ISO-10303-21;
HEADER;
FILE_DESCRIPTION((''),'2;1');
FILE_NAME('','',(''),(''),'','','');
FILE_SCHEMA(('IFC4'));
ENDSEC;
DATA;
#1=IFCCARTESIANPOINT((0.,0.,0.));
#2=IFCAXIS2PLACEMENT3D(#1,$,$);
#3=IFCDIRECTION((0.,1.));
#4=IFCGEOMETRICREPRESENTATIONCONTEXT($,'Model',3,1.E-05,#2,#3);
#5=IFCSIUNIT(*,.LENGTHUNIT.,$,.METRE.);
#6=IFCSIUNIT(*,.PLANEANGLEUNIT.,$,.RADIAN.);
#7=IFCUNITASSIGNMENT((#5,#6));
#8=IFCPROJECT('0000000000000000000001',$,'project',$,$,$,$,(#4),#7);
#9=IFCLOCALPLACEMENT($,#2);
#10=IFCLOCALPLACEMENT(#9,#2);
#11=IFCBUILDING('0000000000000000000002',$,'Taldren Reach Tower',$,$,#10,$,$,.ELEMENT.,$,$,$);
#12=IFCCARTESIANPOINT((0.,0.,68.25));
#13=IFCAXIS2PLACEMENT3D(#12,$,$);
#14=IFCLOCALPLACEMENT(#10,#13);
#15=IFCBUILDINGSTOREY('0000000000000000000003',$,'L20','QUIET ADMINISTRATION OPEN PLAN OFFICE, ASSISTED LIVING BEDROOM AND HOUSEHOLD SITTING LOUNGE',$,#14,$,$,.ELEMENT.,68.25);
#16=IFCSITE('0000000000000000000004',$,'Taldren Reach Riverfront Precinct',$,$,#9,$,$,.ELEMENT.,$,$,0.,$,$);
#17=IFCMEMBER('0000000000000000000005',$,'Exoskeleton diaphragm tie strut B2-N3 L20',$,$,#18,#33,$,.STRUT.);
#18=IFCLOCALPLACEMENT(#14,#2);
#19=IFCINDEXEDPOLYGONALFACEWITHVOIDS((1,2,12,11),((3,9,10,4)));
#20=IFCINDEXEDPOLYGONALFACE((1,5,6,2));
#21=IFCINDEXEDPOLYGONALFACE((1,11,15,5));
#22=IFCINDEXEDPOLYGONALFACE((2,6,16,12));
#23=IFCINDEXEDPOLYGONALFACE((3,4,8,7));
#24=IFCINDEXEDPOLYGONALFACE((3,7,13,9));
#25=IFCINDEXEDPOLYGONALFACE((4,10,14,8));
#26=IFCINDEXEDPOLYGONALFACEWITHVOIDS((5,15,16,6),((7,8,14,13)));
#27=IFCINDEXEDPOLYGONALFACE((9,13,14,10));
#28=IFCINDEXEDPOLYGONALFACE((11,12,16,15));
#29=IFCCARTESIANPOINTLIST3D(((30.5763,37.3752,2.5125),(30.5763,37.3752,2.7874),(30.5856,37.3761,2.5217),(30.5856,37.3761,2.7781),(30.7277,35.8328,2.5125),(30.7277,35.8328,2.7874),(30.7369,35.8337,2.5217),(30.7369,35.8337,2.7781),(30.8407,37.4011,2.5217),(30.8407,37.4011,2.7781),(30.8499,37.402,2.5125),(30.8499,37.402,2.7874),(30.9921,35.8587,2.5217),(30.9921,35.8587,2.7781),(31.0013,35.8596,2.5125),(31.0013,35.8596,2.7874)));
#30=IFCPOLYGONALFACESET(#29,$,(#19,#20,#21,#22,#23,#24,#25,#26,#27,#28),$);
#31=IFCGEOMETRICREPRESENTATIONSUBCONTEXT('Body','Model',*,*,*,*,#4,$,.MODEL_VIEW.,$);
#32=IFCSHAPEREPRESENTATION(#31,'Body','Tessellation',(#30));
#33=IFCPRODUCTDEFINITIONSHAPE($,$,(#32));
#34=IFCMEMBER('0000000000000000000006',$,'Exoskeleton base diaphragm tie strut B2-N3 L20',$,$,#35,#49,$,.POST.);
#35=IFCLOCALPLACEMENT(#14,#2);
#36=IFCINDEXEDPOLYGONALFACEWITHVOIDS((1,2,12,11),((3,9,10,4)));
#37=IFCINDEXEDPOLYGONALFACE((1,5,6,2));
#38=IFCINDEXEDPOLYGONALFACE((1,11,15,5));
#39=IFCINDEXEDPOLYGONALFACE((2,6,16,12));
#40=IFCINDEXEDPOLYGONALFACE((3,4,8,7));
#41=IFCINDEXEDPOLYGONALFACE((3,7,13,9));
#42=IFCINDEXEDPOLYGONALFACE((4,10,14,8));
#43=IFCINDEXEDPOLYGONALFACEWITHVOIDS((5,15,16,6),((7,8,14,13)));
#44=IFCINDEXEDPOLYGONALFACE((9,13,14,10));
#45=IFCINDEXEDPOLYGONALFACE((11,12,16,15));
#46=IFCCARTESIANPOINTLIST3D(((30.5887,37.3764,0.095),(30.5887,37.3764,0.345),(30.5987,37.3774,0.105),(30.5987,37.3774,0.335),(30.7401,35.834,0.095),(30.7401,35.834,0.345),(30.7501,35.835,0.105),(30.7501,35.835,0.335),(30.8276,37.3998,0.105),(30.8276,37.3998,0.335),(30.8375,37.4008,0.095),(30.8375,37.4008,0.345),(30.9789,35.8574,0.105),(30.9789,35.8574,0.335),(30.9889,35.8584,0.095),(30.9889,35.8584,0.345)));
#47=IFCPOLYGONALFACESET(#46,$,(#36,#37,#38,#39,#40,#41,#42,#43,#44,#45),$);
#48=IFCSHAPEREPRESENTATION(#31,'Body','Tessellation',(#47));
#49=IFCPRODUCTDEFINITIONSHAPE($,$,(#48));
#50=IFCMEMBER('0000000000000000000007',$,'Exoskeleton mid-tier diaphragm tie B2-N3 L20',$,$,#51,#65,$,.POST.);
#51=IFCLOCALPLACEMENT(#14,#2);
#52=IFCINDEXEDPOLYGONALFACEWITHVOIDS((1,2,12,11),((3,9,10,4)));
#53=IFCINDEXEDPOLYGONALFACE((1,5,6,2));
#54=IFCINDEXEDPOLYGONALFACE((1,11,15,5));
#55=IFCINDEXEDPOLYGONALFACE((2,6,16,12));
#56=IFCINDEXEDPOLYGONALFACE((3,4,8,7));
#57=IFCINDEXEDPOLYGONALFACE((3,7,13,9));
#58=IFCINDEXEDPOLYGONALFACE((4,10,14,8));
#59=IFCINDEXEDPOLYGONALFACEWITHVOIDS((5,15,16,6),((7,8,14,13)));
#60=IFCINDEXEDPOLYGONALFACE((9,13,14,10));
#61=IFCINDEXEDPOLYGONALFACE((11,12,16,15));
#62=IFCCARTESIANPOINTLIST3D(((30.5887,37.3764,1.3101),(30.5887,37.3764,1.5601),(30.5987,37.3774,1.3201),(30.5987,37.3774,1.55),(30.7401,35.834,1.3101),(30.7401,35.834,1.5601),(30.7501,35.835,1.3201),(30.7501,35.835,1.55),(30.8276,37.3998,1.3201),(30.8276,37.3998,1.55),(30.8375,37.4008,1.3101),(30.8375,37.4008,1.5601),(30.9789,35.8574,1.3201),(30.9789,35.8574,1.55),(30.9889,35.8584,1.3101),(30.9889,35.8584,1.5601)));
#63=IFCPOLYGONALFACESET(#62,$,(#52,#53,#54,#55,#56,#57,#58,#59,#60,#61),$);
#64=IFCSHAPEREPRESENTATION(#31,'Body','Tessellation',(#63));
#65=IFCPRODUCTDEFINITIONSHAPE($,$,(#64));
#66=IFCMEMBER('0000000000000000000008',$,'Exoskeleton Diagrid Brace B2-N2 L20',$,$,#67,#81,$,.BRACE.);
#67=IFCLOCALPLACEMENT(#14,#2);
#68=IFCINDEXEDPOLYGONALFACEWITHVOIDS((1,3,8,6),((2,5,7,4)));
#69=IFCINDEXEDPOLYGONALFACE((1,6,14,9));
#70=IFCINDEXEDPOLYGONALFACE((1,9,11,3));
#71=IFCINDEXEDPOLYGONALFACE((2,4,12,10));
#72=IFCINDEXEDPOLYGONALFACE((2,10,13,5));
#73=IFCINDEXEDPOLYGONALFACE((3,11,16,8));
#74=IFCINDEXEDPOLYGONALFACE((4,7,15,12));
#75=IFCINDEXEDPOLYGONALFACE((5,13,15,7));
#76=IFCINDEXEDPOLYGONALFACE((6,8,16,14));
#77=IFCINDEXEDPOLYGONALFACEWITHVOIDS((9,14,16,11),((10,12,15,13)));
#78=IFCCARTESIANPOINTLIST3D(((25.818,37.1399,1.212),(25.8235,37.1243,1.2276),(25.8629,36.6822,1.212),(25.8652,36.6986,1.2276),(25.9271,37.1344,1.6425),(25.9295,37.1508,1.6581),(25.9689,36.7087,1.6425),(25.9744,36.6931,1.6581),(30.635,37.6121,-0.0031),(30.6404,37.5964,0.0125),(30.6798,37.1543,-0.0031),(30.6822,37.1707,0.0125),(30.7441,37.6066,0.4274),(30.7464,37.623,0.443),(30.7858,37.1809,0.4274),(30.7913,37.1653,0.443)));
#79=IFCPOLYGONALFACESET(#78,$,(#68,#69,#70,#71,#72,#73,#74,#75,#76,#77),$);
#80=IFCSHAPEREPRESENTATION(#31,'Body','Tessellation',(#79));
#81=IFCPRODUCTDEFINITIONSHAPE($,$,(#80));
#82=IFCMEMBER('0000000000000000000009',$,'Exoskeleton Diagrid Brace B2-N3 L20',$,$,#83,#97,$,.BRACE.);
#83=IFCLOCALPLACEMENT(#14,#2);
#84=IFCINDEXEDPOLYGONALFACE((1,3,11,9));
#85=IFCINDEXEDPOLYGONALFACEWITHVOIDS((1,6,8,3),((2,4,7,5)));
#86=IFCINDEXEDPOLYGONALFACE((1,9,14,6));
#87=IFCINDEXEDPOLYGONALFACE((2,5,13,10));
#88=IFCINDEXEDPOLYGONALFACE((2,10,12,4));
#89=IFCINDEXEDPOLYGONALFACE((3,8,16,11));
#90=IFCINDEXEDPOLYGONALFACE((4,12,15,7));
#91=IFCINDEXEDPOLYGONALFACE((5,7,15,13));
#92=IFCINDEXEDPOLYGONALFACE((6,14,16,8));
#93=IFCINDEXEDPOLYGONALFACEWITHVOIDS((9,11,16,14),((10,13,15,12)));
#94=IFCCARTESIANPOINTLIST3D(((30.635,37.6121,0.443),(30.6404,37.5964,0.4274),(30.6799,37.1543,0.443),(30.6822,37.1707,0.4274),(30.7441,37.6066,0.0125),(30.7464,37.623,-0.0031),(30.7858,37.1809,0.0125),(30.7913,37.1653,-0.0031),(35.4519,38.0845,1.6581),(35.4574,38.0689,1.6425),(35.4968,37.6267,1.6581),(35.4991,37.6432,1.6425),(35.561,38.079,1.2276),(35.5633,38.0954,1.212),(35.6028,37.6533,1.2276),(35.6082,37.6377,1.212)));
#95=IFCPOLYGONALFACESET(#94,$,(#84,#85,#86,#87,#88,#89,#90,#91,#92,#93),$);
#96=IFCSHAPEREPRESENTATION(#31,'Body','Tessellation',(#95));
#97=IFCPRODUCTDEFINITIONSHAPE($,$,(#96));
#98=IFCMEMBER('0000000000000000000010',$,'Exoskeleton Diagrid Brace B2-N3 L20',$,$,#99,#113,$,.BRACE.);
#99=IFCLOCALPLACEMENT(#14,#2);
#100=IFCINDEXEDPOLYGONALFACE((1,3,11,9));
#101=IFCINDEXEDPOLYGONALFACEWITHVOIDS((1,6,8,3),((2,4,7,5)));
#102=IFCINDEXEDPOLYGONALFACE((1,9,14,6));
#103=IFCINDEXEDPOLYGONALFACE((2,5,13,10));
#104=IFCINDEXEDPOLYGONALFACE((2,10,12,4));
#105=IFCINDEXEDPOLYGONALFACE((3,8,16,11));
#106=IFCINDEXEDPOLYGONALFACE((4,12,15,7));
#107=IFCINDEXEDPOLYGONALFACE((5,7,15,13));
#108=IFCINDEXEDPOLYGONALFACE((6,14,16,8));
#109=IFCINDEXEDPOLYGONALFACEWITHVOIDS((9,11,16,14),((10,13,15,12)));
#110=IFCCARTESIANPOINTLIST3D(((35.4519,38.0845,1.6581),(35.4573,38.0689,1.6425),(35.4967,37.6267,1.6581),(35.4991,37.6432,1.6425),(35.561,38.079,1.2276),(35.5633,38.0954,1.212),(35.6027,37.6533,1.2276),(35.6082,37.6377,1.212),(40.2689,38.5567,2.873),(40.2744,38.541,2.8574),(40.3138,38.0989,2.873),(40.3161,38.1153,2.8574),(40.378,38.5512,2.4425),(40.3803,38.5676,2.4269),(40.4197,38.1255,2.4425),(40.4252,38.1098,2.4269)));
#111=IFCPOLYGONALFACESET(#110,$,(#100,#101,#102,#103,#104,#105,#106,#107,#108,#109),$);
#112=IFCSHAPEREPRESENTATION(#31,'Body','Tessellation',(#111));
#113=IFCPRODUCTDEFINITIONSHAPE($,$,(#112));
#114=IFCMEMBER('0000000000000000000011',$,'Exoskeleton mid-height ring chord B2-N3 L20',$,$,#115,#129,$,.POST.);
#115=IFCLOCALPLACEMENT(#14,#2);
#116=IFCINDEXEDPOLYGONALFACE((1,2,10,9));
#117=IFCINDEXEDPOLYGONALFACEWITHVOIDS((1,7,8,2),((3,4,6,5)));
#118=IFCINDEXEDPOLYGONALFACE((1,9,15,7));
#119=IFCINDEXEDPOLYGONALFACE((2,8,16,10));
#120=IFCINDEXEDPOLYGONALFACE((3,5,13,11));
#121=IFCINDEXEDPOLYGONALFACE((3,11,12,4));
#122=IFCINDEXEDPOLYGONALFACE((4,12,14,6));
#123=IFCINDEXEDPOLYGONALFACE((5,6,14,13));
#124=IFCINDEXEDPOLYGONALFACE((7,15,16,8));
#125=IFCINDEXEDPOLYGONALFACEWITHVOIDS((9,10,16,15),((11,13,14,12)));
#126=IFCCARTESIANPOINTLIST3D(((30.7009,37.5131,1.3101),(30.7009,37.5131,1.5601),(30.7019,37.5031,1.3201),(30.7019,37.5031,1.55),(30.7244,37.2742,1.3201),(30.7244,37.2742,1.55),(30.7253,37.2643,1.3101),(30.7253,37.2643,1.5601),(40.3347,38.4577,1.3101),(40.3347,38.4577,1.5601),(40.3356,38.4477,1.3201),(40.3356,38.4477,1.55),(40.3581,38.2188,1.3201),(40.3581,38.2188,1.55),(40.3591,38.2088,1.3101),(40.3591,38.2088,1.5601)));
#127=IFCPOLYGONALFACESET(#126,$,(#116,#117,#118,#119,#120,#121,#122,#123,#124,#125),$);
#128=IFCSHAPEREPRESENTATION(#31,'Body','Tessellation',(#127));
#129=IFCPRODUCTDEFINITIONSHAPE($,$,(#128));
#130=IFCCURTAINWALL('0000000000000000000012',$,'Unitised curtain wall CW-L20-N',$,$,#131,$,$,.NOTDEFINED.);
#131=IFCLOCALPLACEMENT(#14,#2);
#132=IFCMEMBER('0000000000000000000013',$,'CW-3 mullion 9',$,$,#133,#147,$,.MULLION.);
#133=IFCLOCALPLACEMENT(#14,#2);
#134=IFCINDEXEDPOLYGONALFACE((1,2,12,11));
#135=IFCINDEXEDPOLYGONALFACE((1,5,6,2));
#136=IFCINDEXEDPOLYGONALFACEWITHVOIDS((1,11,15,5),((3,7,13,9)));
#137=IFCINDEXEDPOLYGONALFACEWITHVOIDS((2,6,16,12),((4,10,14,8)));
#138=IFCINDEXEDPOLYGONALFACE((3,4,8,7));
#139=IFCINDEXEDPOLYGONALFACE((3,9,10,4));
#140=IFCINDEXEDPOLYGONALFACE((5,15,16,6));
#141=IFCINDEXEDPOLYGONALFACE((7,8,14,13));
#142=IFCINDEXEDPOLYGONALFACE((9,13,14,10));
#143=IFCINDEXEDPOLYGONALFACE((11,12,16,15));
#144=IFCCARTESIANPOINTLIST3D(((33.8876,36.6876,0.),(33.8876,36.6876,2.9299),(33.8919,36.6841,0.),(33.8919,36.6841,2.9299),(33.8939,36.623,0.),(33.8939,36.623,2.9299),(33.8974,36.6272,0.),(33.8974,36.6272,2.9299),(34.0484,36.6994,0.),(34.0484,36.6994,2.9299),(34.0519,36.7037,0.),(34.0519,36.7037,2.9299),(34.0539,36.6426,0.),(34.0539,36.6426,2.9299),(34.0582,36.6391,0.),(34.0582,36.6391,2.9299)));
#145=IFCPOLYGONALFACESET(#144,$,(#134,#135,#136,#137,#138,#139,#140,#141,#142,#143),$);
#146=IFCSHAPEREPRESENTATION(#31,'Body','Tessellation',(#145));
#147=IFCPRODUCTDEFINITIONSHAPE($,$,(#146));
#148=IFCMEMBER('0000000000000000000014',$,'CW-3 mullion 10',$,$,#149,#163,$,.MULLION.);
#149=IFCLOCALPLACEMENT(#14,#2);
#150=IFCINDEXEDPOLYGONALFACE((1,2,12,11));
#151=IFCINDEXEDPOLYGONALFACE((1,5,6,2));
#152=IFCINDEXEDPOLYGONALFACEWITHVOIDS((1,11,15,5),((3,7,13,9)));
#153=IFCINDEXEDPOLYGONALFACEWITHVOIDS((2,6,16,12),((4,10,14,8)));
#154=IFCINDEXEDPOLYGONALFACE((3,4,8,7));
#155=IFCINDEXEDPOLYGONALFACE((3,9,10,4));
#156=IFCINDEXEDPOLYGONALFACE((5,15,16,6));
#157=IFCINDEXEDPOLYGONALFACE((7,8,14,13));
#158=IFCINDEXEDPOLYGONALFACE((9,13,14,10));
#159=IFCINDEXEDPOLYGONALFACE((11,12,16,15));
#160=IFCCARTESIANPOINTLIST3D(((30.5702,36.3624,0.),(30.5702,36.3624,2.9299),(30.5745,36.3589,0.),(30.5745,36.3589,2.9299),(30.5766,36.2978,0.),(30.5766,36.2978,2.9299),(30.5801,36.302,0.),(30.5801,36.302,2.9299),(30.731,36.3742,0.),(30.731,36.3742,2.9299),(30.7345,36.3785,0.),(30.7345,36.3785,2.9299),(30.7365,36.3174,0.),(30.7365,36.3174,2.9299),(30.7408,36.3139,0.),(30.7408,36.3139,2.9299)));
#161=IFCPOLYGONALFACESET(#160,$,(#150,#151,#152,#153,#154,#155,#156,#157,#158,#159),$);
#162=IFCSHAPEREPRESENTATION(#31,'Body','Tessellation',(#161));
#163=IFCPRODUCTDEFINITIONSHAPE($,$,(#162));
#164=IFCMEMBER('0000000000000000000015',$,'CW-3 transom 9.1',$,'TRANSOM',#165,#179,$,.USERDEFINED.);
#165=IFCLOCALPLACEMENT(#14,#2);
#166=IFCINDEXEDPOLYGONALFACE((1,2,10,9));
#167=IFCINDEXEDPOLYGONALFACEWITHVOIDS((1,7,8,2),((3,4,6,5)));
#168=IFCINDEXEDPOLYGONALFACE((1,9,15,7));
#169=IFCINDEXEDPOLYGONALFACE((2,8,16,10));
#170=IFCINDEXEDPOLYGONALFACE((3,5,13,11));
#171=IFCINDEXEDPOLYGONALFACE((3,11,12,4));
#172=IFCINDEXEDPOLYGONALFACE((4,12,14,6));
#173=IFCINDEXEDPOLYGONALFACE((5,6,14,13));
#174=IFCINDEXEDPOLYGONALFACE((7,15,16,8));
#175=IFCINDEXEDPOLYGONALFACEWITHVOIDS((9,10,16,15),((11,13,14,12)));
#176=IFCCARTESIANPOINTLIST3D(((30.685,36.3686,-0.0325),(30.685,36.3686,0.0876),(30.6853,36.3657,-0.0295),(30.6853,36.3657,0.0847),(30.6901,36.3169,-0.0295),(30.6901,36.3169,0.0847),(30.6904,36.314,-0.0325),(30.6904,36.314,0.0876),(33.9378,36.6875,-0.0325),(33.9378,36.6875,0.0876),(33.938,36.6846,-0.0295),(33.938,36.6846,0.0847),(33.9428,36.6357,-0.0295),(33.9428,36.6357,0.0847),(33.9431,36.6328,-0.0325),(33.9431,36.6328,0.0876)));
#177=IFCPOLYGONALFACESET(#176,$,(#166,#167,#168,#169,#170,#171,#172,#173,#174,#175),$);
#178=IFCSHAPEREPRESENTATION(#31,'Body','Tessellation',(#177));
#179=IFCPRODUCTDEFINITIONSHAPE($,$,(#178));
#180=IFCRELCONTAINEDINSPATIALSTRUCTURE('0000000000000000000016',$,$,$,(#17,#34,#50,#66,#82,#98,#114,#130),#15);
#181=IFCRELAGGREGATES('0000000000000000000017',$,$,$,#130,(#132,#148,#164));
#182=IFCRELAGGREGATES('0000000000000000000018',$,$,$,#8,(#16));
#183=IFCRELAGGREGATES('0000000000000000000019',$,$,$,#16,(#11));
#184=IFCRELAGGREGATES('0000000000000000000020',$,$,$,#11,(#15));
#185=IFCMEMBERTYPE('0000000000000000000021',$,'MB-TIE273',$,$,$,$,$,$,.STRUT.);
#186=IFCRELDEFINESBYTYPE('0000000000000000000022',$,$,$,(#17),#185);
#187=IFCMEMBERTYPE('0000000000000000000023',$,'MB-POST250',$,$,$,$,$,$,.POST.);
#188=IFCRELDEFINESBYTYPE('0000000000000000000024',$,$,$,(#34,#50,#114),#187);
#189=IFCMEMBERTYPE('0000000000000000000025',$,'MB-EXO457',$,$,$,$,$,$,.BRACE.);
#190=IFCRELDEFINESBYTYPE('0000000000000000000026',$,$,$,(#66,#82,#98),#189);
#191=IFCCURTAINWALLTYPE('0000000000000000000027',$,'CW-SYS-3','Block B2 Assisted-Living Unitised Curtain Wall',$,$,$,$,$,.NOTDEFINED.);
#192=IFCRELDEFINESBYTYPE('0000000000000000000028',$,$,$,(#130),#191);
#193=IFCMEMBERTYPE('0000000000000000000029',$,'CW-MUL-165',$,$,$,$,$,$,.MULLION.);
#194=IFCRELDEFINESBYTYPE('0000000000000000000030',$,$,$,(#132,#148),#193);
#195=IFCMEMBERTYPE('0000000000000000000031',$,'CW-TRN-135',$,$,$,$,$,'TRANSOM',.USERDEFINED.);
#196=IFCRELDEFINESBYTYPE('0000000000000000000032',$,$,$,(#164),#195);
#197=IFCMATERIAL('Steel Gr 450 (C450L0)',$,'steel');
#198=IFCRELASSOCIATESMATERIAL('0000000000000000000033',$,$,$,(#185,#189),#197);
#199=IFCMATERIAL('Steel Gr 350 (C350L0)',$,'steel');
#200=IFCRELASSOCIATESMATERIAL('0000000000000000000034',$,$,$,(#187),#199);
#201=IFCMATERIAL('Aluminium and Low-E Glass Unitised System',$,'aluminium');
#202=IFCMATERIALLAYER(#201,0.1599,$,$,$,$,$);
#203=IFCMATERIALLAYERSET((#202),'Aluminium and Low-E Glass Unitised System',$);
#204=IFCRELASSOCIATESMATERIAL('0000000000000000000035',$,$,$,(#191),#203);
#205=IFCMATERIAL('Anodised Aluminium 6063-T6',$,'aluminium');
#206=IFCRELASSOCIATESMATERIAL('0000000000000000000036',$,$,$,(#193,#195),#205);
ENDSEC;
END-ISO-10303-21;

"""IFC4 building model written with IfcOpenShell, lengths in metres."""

from ifc_helpers import new_model, si_unit, direction, frame, origin, origin_2d, place, context, subcontext, project, spatial, hollow_rectangle, extrude, source, transform, mapped, material, layer, layer_set, material_profile, profile_set, type_object, element, aggregate, save


model = new_model("IFC4")

# Units and contexts
model_context = context("Model", 3, precision=1e-05, world=origin(), true_north=direction((0.0, 1.0)))
body_context = subcontext(model_context, "Body", "Model", "MODEL_VIEW")
ifc_project = project(units=[si_unit("LENGTHUNIT", "METRE"), si_unit("PLANEANGLEUNIT", "RADIAN")], contexts=[model_context])

# Site, building, storey
site_placement = place(None, origin())
site = spatial("IfcSite", under=ifc_project, at=site_placement, Name="Taldren Reach Riverfront Precinct", CompositionType="ELEMENT", RefElevation=0.0)
building_placement = place(site_placement, origin())
building = spatial("IfcBuilding", under=site, at=building_placement, Name="Taldren Reach Tower", CompositionType="ELEMENT")
storey_placement = place(building_placement, frame((0.0, 0.0, 68.25)))
storey = spatial("IfcBuildingStorey", under=building, at=storey_placement, Name="L20", Description="QUIET ADMINISTRATION OPEN PLAN OFFICE, ASSISTED LIVING BEDROOM AND HOUSEHOLD SITTING LOUNGE", CompositionType="ELEMENT", Elevation=68.25)

# Members
ifc_material_1 = material(Name="Steel Gr 450 (C450L0)", Category="steel")
ifc_material_profile_1 = material_profile(ifc_material_1, hollow_rectangle(XDim=0.2749, YDim=0.2749, WallThickness=0.0093, at=origin_2d()), Name="275x275x9.3SHS")
ifc_profile_set_1 = profile_set([ifc_material_profile_1], Name="Steel Gr 450 (C450L0)")
member_type_1 = type_object("IfcMemberType", Name="MB-TIE273", PredefinedType="STRUT", material=ifc_profile_set_1)
shared_shape_1 = source(origin(), body_context, "Body", "SweptSolid", [
    extrude(hollow_rectangle(XDim=0.2749, YDim=0.2749, WallThickness=0.0093, at=origin_2d()), origin(), (0.0, 0.0, 1.0), 1.5498),
])
member_1_placement = place(storey_placement, frame((30.8645, 35.8462, 2.6499), z_axis=(-0.097663, 0.99522, 0.0), x_axis=(-0.99522, -0.097663, 0.0)))
element("IfcMember", 1, at=member_1_placement, inside=storey, type_object=member_type_1, Name="Exoskeleton diaphragm tie strut B2-N3 L20", PredefinedType="STRUT", context=body_context, shape_type="MappedRepresentation", body=[
    mapped(shared_shape_1, transform((0.0, 0.0, 0.0), scale=1.0)),
])
ifc_material_2 = material(Name="Steel Gr 350 (C350L0)", Category="steel")
ifc_material_profile_2 = material_profile(ifc_material_2, hollow_rectangle(XDim=0.25, YDim=0.25, WallThickness=0.01, at=origin_2d()), Name="250x250x10.0SHS")
ifc_profile_set_2 = profile_set([ifc_material_profile_2], Name="Steel Gr 350 (C350L0)")
member_type_2 = type_object("IfcMemberType", Name="MB-POST250", PredefinedType="POST", material=ifc_profile_set_2)
shared_shape_2 = source(origin(), body_context, "Body", "SweptSolid", [
    extrude(hollow_rectangle(XDim=0.25, YDim=0.25, WallThickness=0.01, at=origin_2d()), origin(), (0.0, 0.0, 1.0), 1.5498),
])
for number, where, z_axis, x_axis, name in (
    (2, (30.8645, 35.8462, 0.22), (-0.097663, 0.99522, 0.0), (-0.99522, -0.097663, 0.0), "Exoskeleton base diaphragm tie strut B2-N3 L20"),
    (3, (30.8645, 35.8462, 1.4351), (-0.097663, 0.99522, 0.0), (-0.99522, -0.097663, 0.0), "Exoskeleton mid-tier diaphragm tie B2-N3 L20"),
):
    element("IfcMember", number, at=place(storey_placement, frame(where, z_axis=z_axis, x_axis=x_axis)), inside=storey, type_object=member_type_2, Name=name, PredefinedType="POST", context=body_context, shape_type="MappedRepresentation", body=[
        mapped(shared_shape_2, transform((0.0, 0.0, 0.0), scale=1.0)),
    ])
ifc_material_profile_3 = material_profile(ifc_material_1, hollow_rectangle(XDim=0.46, YDim=0.46, WallThickness=0.0161, at=origin_2d()), Name="460x460x16.0SHS")
ifc_profile_set_3 = profile_set([ifc_material_profile_3], Name="Steel Gr 450 (C450L0)")
member_type_3 = type_object("IfcMemberType", Name="MB-EXO457", PredefinedType="BRACE", material=ifc_profile_set_3)
shared_shape_3 = source(origin(), body_context, "Body", "SweptSolid", [
    extrude(hollow_rectangle(XDim=0.46, YDim=0.46, WallThickness=0.0161, at=origin_2d()), origin(), (0.0, 0.0, 1.0), 4.9902),
])
for number, where, z_axis, x_axis, name in (
    (4, (30.7131, 37.3887, 0.22), (-0.965276, -0.09462, 0.243496), (0.097556, -0.99523, 0.0), "Exoskeleton Diagrid Brace B2-N2 L20"),
    (5, (30.7131, 37.3887, 0.22), (0.965271, 0.094668, 0.243495), (-0.097606, 0.995225, 0.0), "Exoskeleton Diagrid Brace B2-N3 L20"),
    (6, (35.53, 37.8611, 1.4351), (0.965287, 0.094621, 0.24345), (-0.097556, 0.99523, 0.0), "Exoskeleton Diagrid Brace B2-N3 L20"),
):
    element("IfcMember", number, at=place(storey_placement, frame(where, z_axis=z_axis, x_axis=x_axis)), inside=storey, type_object=member_type_3, Name=name, PredefinedType="BRACE", context=body_context, shape_type="MappedRepresentation", body=[
        mapped(shared_shape_3, transform((0.0, 0.0, 0.0), scale=1.0)),
    ])
shared_shape_4 = source(origin(), body_context, "Body", "SweptSolid", [
    extrude(hollow_rectangle(XDim=0.25, YDim=0.25, WallThickness=0.01, at=origin_2d()), origin(), (0.0, 0.0, 1.0), 9.6799),
])
member_2_placement = place(storey_placement, frame((30.7131, 37.3887, 1.4351), z_axis=(0.995228, 0.097581, 0.0), x_axis=(-0.097581, 0.995228, 0.0)))
element("IfcMember", 7, at=member_2_placement, inside=storey, type_object=member_type_2, Name="Exoskeleton mid-height ring chord B2-N3 L20", PredefinedType="POST", context=body_context, shape_type="MappedRepresentation", body=[
    mapped(shared_shape_4, transform((0.0, 0.0, 0.0), scale=1.0)),
])

# Curtain wall, members
ifc_material_3 = material(Name="Aluminium and Low-E Glass Unitised System", Category="aluminium")
ifc_layer_1 = layer(ifc_material_3, 0.1599)
ifc_layer_set_1 = layer_set([ifc_layer_1], Name="Aluminium and Low-E Glass Unitised System")
curtain_wall_type = type_object("IfcCurtainWallType", Name="CW-SYS-3", Description="Block B2 Assisted-Living Unitised Curtain Wall", PredefinedType="NOTDEFINED", material=ifc_layer_set_1)
curtain_wall_placement = place(storey_placement, origin())
curtain_wall = element("IfcCurtainWall", 8, at=curtain_wall_placement, inside=storey, type_object=curtain_wall_type, Name="Unitised curtain wall CW-L20-N", PredefinedType="NOTDEFINED")
ifc_material_4 = material(Name="Anodised Aluminium 6063-T6", Category="aluminium")
ifc_material_profile_4 = material_profile(ifc_material_4, hollow_rectangle(XDim=0.0649, YDim=0.165, WallThickness=0.0039, at=origin_2d()), Name="ALU-165x65x4RHS")
ifc_profile_set_4 = profile_set([ifc_material_profile_4], Name="Anodised Aluminium 6063-T6")
member_type_4 = type_object("IfcMemberType", Name="CW-MUL-165", PredefinedType="MULLION", material=ifc_profile_set_4)
shared_shape_5 = source(origin(), body_context, "Body", "SweptSolid", [
    extrude(hollow_rectangle(XDim=0.0649, YDim=0.165, WallThickness=0.0039, at=origin_2d()), origin(), (0.0, 0.0, 1.0), 2.9299),
])
member_3_placement = place(storey_placement, frame((33.9729, 36.6633, 0.0), z_axis=(0.0, 0.0, 1.0), x_axis=(0.097583, -0.995227, 0.0)))
member_3 = element("IfcMember", 9, at=member_3_placement, type_object=member_type_4, Name="CW-3 mullion 9", PredefinedType="MULLION", context=body_context, shape_type="MappedRepresentation", body=[
    mapped(shared_shape_5, transform((0.0, 0.0, 0.0), scale=1.0)),
])
member_4_placement = place(storey_placement, frame((30.6555, 36.3381, 0.0), z_axis=(0.0, 0.0, 1.0), x_axis=(0.097583, -0.995227, 0.0)))
member_4 = element("IfcMember", 10, at=member_4_placement, type_object=member_type_4, Name="CW-3 mullion 10", PredefinedType="MULLION", context=body_context, shape_type="MappedRepresentation", body=[
    mapped(shared_shape_5, transform((0.0, 0.0, 0.0), scale=1.0)),
])
ifc_material_profile_5 = material_profile(ifc_material_4, hollow_rectangle(XDim=0.0549, YDim=0.1201, WallThickness=0.0029, at=origin_2d()), Name="ALU-120x55x3RHS")
ifc_profile_set_5 = profile_set([ifc_material_profile_5], Name="Anodised Aluminium 6063-T6")
member_type_5 = type_object("IfcMemberType", Name="CW-TRN-135", ElementType="TRANSOM", PredefinedType="USERDEFINED", material=ifc_profile_set_5)
shared_shape_6 = source(origin(), body_context, "Body", "SweptSolid", [
    extrude(hollow_rectangle(XDim=0.0549, YDim=0.1201, WallThickness=0.0029, at=origin_2d()), origin(), (0.0, 0.0, 1.0), 3.2683),
])
member_5_placement = place(storey_placement, frame((33.9404, 36.6602, 0.0276), z_axis=(-0.99523, -0.097558, 0.0), x_axis=(0.097558, -0.99523, 0.0)))
member_5 = element("IfcMember", 11, at=member_5_placement, type_object=member_type_5, Name="CW-3 transom 9.1", ObjectType="TRANSOM", PredefinedType="USERDEFINED", context=body_context, shape_type="MappedRepresentation", body=[
    mapped(shared_shape_6, transform((0.0, 0.0, 0.0), scale=1.0)),
])

aggregate(curtain_wall, [member_3, member_4, member_5])

save(model, "model.ifc")
